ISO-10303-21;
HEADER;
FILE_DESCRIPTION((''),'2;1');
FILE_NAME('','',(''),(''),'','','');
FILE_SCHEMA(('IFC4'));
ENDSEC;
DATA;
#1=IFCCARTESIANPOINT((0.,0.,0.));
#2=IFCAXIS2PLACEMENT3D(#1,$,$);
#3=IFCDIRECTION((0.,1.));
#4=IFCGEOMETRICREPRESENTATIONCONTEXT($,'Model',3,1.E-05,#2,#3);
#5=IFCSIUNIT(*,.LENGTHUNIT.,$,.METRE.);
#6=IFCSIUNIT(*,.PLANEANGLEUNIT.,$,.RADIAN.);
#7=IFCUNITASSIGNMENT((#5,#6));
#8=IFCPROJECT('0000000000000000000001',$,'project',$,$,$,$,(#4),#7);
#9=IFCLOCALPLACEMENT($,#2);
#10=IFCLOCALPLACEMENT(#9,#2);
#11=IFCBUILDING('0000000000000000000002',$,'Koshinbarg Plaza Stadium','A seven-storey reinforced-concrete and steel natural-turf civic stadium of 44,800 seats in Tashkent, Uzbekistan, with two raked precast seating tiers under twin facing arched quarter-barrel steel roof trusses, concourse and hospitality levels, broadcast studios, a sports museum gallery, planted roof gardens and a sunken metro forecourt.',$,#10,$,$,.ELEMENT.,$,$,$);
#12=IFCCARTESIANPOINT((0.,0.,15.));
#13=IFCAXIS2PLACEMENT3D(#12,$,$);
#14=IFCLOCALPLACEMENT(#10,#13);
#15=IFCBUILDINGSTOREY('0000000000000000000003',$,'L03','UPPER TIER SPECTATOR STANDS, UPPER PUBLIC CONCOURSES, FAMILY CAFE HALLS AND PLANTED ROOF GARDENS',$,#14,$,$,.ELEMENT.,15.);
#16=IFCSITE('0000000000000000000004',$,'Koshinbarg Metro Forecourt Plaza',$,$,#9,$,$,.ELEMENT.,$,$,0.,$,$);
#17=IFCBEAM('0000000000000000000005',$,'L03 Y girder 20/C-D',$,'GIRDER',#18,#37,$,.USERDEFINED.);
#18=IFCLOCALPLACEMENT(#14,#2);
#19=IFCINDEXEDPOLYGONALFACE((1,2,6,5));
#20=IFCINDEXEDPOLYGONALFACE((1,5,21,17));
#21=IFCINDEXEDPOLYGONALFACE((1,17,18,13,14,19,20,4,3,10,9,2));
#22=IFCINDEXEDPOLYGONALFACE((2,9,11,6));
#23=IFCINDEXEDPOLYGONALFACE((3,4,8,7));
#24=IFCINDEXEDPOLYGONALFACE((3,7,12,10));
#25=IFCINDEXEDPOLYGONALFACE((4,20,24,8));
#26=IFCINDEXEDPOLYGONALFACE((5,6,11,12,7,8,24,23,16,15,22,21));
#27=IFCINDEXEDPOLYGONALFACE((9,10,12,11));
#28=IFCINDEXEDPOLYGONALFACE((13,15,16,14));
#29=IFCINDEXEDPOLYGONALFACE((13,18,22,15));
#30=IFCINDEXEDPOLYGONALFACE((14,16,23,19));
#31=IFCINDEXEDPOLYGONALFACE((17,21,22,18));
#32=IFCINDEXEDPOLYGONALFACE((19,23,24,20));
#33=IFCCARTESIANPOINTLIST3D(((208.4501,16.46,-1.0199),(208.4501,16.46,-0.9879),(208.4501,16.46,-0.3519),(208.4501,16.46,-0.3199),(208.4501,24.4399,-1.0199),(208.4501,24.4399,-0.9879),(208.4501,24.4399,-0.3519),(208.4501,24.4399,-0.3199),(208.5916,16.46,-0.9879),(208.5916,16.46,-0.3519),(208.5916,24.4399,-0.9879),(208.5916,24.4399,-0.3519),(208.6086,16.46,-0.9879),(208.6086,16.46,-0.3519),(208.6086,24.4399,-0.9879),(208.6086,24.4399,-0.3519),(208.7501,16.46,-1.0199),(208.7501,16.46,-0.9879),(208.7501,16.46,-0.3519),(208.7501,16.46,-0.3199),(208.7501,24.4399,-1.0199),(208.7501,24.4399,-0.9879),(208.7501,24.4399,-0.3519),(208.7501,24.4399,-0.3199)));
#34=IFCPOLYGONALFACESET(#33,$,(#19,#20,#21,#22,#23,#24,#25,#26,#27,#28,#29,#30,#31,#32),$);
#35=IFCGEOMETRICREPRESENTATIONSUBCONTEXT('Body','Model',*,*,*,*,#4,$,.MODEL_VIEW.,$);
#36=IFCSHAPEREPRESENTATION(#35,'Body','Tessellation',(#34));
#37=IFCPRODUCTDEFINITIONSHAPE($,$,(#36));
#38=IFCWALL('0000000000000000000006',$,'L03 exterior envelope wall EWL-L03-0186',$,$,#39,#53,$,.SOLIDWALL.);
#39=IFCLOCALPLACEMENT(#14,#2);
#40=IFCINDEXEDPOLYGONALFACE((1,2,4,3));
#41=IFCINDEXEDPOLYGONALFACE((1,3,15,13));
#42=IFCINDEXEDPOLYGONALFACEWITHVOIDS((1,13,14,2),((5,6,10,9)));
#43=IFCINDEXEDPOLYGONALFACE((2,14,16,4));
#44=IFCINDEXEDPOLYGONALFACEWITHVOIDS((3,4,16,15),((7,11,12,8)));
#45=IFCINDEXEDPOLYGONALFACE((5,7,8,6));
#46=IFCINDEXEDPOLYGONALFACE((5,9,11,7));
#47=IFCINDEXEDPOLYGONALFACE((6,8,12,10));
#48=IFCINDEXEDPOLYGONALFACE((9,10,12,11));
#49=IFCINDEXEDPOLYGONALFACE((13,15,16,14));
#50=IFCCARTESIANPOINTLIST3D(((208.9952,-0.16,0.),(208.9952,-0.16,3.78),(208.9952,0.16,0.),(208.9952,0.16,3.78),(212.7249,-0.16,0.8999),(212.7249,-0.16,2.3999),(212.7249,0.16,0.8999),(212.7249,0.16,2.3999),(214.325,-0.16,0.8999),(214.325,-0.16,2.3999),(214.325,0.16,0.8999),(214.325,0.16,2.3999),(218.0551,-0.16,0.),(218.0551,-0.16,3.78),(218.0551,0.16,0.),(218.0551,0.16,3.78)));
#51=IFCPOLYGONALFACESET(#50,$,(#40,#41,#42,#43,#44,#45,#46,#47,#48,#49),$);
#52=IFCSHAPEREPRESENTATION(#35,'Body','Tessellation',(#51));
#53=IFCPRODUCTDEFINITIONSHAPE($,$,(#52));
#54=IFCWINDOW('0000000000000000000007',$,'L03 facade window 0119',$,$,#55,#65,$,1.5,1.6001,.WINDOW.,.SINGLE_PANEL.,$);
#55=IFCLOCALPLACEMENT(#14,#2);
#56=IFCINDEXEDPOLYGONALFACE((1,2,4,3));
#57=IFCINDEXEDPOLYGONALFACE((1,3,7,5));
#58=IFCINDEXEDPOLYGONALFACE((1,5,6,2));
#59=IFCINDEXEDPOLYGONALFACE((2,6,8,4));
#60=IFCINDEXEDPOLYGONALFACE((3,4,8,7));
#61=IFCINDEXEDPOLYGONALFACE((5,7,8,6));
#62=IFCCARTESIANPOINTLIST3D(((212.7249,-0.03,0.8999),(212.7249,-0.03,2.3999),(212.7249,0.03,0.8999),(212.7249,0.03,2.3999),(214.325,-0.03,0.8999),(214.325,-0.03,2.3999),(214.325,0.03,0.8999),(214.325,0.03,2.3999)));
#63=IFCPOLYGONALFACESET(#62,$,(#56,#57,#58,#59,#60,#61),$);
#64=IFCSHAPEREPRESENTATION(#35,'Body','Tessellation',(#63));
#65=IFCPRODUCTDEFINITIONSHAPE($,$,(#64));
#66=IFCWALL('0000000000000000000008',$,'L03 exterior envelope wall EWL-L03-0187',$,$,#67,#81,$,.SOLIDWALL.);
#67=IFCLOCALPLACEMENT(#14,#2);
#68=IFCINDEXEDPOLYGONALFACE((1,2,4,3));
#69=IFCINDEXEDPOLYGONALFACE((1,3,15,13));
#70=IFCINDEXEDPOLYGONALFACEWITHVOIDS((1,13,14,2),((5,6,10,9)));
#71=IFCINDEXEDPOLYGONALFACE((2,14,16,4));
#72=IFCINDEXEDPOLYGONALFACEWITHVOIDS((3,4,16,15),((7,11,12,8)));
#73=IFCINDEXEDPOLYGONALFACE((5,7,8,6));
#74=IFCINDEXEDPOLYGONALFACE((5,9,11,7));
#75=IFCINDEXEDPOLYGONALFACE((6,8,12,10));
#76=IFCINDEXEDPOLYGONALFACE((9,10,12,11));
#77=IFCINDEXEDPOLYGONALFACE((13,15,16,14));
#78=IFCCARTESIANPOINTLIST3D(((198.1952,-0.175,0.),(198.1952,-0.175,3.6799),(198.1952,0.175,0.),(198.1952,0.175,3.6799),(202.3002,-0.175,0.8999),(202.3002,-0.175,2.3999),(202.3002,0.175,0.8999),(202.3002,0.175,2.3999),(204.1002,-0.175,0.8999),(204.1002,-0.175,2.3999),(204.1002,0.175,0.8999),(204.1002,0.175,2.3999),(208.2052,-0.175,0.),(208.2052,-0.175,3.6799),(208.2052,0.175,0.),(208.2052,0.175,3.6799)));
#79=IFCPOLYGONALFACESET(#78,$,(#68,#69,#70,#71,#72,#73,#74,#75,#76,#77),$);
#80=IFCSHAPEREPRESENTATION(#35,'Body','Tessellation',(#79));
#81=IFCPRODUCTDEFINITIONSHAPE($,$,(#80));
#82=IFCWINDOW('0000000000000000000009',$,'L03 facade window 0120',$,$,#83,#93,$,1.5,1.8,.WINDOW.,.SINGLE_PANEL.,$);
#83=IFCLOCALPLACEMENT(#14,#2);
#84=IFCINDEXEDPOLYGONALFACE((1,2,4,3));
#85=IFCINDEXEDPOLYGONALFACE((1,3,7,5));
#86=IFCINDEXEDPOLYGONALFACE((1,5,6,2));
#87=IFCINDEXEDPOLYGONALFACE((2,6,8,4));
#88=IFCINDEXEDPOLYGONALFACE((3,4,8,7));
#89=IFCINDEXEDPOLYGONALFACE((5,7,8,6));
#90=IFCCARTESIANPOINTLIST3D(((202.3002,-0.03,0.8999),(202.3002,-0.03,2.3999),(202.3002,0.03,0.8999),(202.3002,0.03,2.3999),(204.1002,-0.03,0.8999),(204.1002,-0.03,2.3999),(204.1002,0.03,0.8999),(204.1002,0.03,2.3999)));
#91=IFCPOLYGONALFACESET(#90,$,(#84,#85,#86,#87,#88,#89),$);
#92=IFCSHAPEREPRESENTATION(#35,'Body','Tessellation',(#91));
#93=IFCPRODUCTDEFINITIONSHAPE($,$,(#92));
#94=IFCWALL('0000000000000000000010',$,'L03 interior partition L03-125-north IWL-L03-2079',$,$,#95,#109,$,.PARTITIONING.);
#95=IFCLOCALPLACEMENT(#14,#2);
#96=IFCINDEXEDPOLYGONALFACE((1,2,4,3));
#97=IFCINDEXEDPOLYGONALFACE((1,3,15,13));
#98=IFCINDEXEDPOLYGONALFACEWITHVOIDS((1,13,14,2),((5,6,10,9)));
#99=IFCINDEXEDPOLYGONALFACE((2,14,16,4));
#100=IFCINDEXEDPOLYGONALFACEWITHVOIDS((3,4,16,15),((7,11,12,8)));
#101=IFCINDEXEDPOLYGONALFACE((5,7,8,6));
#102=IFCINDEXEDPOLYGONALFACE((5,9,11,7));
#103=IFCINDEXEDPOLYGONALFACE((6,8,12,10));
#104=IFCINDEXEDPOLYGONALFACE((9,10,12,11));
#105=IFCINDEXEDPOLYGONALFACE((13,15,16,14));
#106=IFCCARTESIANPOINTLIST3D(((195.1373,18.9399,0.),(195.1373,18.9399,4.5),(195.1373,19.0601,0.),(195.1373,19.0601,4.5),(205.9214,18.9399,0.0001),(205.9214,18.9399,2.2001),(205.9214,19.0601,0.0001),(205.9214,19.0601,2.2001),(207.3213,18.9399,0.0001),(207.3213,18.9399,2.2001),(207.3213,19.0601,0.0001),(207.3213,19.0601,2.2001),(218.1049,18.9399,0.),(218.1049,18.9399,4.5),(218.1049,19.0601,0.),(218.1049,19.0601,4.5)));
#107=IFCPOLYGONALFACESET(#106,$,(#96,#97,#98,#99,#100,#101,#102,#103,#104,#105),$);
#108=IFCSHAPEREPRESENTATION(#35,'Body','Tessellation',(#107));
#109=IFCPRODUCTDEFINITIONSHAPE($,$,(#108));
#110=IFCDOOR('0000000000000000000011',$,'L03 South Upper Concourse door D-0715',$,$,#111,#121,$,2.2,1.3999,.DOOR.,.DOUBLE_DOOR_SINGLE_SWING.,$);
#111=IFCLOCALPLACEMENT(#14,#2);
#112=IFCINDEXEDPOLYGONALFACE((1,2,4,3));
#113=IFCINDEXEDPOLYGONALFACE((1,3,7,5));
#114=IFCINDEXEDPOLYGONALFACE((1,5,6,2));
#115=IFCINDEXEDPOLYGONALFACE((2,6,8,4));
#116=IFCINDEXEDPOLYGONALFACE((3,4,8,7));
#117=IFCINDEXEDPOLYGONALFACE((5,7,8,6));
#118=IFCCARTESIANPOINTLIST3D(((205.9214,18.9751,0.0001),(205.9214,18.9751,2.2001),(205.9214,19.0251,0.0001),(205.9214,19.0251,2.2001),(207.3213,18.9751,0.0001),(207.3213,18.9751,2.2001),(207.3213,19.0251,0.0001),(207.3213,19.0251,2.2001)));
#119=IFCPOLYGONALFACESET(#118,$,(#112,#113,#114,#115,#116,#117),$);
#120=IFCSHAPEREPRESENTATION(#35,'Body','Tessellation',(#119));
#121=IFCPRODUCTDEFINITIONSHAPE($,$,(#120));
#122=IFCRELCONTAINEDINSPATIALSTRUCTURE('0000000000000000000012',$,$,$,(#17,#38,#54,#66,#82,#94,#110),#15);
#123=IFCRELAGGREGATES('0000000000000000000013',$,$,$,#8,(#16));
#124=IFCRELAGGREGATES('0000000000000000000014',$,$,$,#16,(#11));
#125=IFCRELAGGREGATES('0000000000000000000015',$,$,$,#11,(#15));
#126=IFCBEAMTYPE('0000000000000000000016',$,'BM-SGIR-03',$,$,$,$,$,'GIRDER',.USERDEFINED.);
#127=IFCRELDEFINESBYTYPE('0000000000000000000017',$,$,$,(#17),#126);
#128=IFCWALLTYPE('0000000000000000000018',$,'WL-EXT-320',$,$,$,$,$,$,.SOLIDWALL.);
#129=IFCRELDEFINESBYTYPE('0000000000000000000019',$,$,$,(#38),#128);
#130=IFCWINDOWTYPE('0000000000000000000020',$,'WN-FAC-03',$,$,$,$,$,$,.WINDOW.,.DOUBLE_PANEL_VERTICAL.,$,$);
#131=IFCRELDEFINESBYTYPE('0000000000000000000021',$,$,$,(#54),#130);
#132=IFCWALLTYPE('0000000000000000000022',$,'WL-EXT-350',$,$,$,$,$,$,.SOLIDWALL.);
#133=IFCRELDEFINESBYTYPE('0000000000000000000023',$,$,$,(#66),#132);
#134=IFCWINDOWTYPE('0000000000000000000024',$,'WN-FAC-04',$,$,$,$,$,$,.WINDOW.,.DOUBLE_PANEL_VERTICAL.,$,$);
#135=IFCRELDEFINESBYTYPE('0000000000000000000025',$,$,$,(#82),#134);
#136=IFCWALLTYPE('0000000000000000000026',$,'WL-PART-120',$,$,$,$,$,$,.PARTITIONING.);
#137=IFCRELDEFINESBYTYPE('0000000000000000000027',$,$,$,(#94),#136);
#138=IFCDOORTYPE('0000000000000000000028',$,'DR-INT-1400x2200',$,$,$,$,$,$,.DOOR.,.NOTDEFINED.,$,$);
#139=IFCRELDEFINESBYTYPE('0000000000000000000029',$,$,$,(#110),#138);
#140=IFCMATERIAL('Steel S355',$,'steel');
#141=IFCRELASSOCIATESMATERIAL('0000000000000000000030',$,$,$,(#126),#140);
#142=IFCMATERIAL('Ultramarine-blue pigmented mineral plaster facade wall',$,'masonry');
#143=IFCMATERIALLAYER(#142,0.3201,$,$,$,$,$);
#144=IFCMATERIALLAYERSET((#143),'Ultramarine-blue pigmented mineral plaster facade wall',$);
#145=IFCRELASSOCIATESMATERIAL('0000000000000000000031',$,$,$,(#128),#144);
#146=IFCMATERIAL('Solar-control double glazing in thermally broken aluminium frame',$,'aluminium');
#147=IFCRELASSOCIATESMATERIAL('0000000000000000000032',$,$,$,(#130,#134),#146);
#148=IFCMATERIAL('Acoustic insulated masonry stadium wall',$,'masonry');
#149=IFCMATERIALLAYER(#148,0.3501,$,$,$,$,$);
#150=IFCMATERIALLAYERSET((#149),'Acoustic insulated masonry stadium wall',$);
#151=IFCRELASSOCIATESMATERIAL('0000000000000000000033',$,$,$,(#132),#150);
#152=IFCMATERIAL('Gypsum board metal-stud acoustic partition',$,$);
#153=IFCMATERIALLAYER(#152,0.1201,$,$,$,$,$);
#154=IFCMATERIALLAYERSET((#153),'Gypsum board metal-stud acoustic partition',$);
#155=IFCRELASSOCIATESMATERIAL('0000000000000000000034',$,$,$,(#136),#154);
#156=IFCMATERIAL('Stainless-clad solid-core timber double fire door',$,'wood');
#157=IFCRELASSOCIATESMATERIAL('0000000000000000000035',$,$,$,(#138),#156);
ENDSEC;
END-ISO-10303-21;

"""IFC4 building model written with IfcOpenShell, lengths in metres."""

from ifc_helpers import new_model, si_unit, direction, frame, frame_2d, origin, origin_2d, place, context, subcontext, project, spatial, rectangle, i_section, extrude, material, layer, layer_set, material_profile, profile_set, type_object, element, fill, save


model = new_model("IFC4")

# Units and contexts
model_context = context("Model", 3, precision=1e-05, world=origin(), true_north=direction((0.0, 1.0)))
body_context = subcontext(model_context, "Body", "Model", "MODEL_VIEW")
ifc_project = project(units=[si_unit("LENGTHUNIT", "METRE"), si_unit("PLANEANGLEUNIT", "RADIAN")], contexts=[model_context])

# Site, building, storey
site_placement = place(None, origin())
site = spatial("IfcSite", under=ifc_project, at=site_placement, Name="Koshinbarg Metro Forecourt Plaza", CompositionType="ELEMENT", RefElevation=0.0)
building_placement = place(site_placement, origin())
building = spatial("IfcBuilding", under=site, at=building_placement, Name="Koshinbarg Plaza Stadium", Description="A seven-storey reinforced-concrete and steel natural-turf civic stadium of 44,800 seats in Tashkent, Uzbekistan, with two raked precast seating tiers under twin facing arched quarter-barrel steel roof trusses, concourse and hospitality levels, broadcast studios, a sports museum gallery, planted roof gardens and a sunken metro forecourt.", CompositionType="ELEMENT")
storey_placement = place(building_placement, frame((0.0, 0.0, 15.0)))
storey = spatial("IfcBuildingStorey", under=building, at=storey_placement, Name="L03", Description="UPPER TIER SPECTATOR STANDS, UPPER PUBLIC CONCOURSES, FAMILY CAFE HALLS AND PLANTED ROOF GARDENS", CompositionType="ELEMENT", Elevation=15.0)

# Beam
ifc_material_1 = material(Name="Steel S355", Category="steel")
ifc_material_profile_1 = material_profile(ifc_material_1, i_section(OverallWidth=0.3, OverallDepth=0.7, WebThickness=0.0171, FlangeThickness=0.032, at=origin_2d()), Name="HEB 700")
ifc_profile_set_1 = profile_set([ifc_material_profile_1], Name="Steel S355")
beam_type_1 = type_object("IfcBeamType", Name="BM-SGIR-03", ElementType="GIRDER", PredefinedType="USERDEFINED", material=ifc_profile_set_1)
beam_1_placement = place(storey_placement, frame((208.6001, 16.46, -0.6699), z_axis=(0.0, 1.0, 0.0), x_axis=(-1.0, 0.0, 0.0)))
element("IfcBeam", 1, at=beam_1_placement, inside=storey, type_object=beam_type_1, Name="L03 Y girder 20/C-D", ObjectType="GIRDER", PredefinedType="USERDEFINED", context=body_context, shape_type="SweptSolid", body=[
    extrude(i_section(OverallWidth=0.3, OverallDepth=0.7, WebThickness=0.0171, FlangeThickness=0.032, at=origin_2d()), origin(), (0.0, 0.0, 1.0), 7.98),
])

# Walls, openings, windows
ifc_material_2 = material(Name="Ultramarine-blue pigmented mineral plaster facade wall", Category="masonry")
ifc_layer_1 = layer(ifc_material_2, 0.3201)
ifc_layer_set_1 = layer_set([ifc_layer_1], Name="Ultramarine-blue pigmented mineral plaster facade wall")
wall_type_1 = type_object("IfcWallType", Name="WL-EXT-320", PredefinedType="SOLIDWALL", material=ifc_layer_set_1)
wall_1_placement = place(storey_placement, frame((218.0549, 0.0, 0.0), z_axis=(0.0, 0.0, 1.0), x_axis=(-1.0, 0.0, 0.0)))
wall_1 = element("IfcWall", 2, at=wall_1_placement, inside=storey, type_object=wall_type_1, Name="L03 exterior envelope wall EWL-L03-0186", PredefinedType="SOLIDWALL", context=body_context, shape_type="SweptSolid", body=[
    extrude(rectangle(XDim=9.0598, YDim=0.3201, at=frame_2d((4.5298, 0.0))), origin(), (0.0, 0.0, 1.0), 3.78),
])
opening_1_placement = place(wall_1_placement, frame((3.73, 0.0, 0.8999)))
opening_1 = element("IfcOpeningElement", 3, at=opening_1_placement, cuts=wall_1, PredefinedType="OPENING", context=body_context, shape_type="SweptSolid", body=[
    extrude(rectangle(XDim=1.6001, YDim=1.5, at=frame_2d((0.8, 0.75))), frame((0.0, 0.1699, 0.0), z_axis=(0.0, -1.0, 0.0), x_axis=(1.0, 0.0, 0.0)), (0.0, 0.0, 1.0), 0.3401),
])
ifc_material_3 = material(Name="Solar-control double glazing in thermally broken aluminium frame", Category="aluminium")
window_type_1 = type_object("IfcWindowType", Name="WN-FAC-03", PartitioningType="DOUBLE_PANEL_VERTICAL", PredefinedType="WINDOW", material=ifc_material_3)
window_1_placement = place(opening_1_placement, origin())
window_1 = element("IfcWindow", 4, at=window_1_placement, inside=storey, type_object=window_type_1, Name="L03 facade window 0119", OverallHeight=1.5, OverallWidth=1.6001, PartitioningType="SINGLE_PANEL", PredefinedType="WINDOW", context=body_context, shape_type="SweptSolid", body=[
    extrude(rectangle(XDim=1.6001, YDim=1.5, at=frame_2d((0.8, 0.75))), frame((0.0, 0.03, 0.0), z_axis=(0.0, -1.0, 0.0), x_axis=(1.0, 0.0, 0.0)), (0.0, 0.0, 1.0), 0.0601),
])
fill(opening_1, window_1)
ifc_material_4 = material(Name="Acoustic insulated masonry stadium wall", Category="masonry")
ifc_layer_2 = layer(ifc_material_4, 0.3501)
ifc_layer_set_2 = layer_set([ifc_layer_2], Name="Acoustic insulated masonry stadium wall")
wall_type_2 = type_object("IfcWallType", Name="WL-EXT-350", PredefinedType="SOLIDWALL", material=ifc_layer_set_2)
wall_2_placement = place(storey_placement, frame((208.2051, 0.0, 0.0), z_axis=(0.0, 0.0, 1.0), x_axis=(-1.0, 0.0, 0.0)))
wall_2 = element("IfcWall", 5, at=wall_2_placement, inside=storey, type_object=wall_type_2, Name="L03 exterior envelope wall EWL-L03-0187", PredefinedType="SOLIDWALL", context=body_context, shape_type="SweptSolid", body=[
    extrude(rectangle(XDim=10.01, YDim=0.3501, at=frame_2d((5.0049, 0.0))), origin(), (0.0, 0.0, 1.0), 3.6799),
])
opening_2_placement = place(wall_2_placement, frame((4.105, 0.0, 0.8999)))
opening_2 = element("IfcOpeningElement", 6, at=opening_2_placement, cuts=wall_2, PredefinedType="OPENING", context=body_context, shape_type="SweptSolid", body=[
    extrude(rectangle(XDim=1.8, YDim=1.5, at=frame_2d((0.8999, 0.75))), frame((0.0, 0.1851, 0.0), z_axis=(0.0, -1.0, 0.0), x_axis=(1.0, 0.0, 0.0)), (0.0, 0.0, 1.0), 0.3701),
])
window_type_2 = type_object("IfcWindowType", Name="WN-FAC-04", PartitioningType="DOUBLE_PANEL_VERTICAL", PredefinedType="WINDOW", material=ifc_material_3)
window_2_placement = place(opening_2_placement, origin())
window_2 = element("IfcWindow", 7, at=window_2_placement, inside=storey, type_object=window_type_2, Name="L03 facade window 0120", OverallHeight=1.5, OverallWidth=1.8, PartitioningType="SINGLE_PANEL", PredefinedType="WINDOW", context=body_context, shape_type="SweptSolid", body=[
    extrude(rectangle(XDim=1.8, YDim=1.5, at=frame_2d((0.8999, 0.75))), frame((0.0, 0.03, 0.0), z_axis=(0.0, -1.0, 0.0), x_axis=(1.0, 0.0, 0.0)), (0.0, 0.0, 1.0), 0.0601),
])
fill(opening_2, window_2)

# Wall, opening, door
ifc_material_5 = material(Name="Gypsum board metal-stud acoustic partition")
ifc_layer_3 = layer(ifc_material_5, 0.1201)
ifc_layer_set_3 = layer_set([ifc_layer_3], Name="Gypsum board metal-stud acoustic partition")
wall_type_3 = type_object("IfcWallType", Name="WL-PART-120", PredefinedType="PARTITIONING", material=ifc_layer_set_3)
wall_3_placement = place(storey_placement, frame((218.105, 19.0, 0.0), z_axis=(0.0, 0.0, 1.0), x_axis=(-1.0, 0.0, 0.0)))
wall_3 = element("IfcWall", 8, at=wall_3_placement, inside=storey, type_object=wall_type_3, Name="L03 interior partition L03-125-north IWL-L03-2079", PredefinedType="PARTITIONING", context=body_context, shape_type="SweptSolid", body=[
    extrude(rectangle(XDim=22.9675, YDim=0.1201, at=frame_2d((11.4839, 0.0))), origin(), (0.0, 0.0, 1.0), 4.5),
])
opening_3_placement = place(wall_3_placement, frame((10.7837, 0.0, 0.0)))
opening_3 = element("IfcOpeningElement", 9, at=opening_3_placement, cuts=wall_3, PredefinedType="OPENING", context=body_context, shape_type="SweptSolid", body=[
    extrude(rectangle(XDim=1.3999, YDim=2.2, at=frame_2d((0.7, 1.1001))), frame((0.0, 0.0701, 0.0), z_axis=(0.0, -1.0, 0.0), x_axis=(1.0, 0.0, 0.0)), (0.0, 0.0, 1.0), 0.1401),
])
ifc_material_6 = material(Name="Stainless-clad solid-core timber double fire door", Category="wood")
door_type = type_object("IfcDoorType", Name="DR-INT-1400x2200", OperationType="NOTDEFINED", PredefinedType="DOOR", material=ifc_material_6)
door_placement = place(opening_3_placement, origin())
door = element("IfcDoor", 10, at=door_placement, inside=storey, type_object=door_type, Name="L03 South Upper Concourse door D-0715", OperationType="DOUBLE_DOOR_SINGLE_SWING", OverallHeight=2.2, OverallWidth=1.3999, PredefinedType="DOOR", context=body_context, shape_type="SweptSolid", body=[
    extrude(rectangle(XDim=1.3999, YDim=2.2, at=frame_2d((0.7, 1.1001))), frame((0.0, 0.0249, 0.0), z_axis=(0.0, -1.0, 0.0), x_axis=(1.0, 0.0, 0.0)), (0.0, 0.0, 1.0), 0.05),
])
fill(opening_3, door)

save(model, "model.ifc")
